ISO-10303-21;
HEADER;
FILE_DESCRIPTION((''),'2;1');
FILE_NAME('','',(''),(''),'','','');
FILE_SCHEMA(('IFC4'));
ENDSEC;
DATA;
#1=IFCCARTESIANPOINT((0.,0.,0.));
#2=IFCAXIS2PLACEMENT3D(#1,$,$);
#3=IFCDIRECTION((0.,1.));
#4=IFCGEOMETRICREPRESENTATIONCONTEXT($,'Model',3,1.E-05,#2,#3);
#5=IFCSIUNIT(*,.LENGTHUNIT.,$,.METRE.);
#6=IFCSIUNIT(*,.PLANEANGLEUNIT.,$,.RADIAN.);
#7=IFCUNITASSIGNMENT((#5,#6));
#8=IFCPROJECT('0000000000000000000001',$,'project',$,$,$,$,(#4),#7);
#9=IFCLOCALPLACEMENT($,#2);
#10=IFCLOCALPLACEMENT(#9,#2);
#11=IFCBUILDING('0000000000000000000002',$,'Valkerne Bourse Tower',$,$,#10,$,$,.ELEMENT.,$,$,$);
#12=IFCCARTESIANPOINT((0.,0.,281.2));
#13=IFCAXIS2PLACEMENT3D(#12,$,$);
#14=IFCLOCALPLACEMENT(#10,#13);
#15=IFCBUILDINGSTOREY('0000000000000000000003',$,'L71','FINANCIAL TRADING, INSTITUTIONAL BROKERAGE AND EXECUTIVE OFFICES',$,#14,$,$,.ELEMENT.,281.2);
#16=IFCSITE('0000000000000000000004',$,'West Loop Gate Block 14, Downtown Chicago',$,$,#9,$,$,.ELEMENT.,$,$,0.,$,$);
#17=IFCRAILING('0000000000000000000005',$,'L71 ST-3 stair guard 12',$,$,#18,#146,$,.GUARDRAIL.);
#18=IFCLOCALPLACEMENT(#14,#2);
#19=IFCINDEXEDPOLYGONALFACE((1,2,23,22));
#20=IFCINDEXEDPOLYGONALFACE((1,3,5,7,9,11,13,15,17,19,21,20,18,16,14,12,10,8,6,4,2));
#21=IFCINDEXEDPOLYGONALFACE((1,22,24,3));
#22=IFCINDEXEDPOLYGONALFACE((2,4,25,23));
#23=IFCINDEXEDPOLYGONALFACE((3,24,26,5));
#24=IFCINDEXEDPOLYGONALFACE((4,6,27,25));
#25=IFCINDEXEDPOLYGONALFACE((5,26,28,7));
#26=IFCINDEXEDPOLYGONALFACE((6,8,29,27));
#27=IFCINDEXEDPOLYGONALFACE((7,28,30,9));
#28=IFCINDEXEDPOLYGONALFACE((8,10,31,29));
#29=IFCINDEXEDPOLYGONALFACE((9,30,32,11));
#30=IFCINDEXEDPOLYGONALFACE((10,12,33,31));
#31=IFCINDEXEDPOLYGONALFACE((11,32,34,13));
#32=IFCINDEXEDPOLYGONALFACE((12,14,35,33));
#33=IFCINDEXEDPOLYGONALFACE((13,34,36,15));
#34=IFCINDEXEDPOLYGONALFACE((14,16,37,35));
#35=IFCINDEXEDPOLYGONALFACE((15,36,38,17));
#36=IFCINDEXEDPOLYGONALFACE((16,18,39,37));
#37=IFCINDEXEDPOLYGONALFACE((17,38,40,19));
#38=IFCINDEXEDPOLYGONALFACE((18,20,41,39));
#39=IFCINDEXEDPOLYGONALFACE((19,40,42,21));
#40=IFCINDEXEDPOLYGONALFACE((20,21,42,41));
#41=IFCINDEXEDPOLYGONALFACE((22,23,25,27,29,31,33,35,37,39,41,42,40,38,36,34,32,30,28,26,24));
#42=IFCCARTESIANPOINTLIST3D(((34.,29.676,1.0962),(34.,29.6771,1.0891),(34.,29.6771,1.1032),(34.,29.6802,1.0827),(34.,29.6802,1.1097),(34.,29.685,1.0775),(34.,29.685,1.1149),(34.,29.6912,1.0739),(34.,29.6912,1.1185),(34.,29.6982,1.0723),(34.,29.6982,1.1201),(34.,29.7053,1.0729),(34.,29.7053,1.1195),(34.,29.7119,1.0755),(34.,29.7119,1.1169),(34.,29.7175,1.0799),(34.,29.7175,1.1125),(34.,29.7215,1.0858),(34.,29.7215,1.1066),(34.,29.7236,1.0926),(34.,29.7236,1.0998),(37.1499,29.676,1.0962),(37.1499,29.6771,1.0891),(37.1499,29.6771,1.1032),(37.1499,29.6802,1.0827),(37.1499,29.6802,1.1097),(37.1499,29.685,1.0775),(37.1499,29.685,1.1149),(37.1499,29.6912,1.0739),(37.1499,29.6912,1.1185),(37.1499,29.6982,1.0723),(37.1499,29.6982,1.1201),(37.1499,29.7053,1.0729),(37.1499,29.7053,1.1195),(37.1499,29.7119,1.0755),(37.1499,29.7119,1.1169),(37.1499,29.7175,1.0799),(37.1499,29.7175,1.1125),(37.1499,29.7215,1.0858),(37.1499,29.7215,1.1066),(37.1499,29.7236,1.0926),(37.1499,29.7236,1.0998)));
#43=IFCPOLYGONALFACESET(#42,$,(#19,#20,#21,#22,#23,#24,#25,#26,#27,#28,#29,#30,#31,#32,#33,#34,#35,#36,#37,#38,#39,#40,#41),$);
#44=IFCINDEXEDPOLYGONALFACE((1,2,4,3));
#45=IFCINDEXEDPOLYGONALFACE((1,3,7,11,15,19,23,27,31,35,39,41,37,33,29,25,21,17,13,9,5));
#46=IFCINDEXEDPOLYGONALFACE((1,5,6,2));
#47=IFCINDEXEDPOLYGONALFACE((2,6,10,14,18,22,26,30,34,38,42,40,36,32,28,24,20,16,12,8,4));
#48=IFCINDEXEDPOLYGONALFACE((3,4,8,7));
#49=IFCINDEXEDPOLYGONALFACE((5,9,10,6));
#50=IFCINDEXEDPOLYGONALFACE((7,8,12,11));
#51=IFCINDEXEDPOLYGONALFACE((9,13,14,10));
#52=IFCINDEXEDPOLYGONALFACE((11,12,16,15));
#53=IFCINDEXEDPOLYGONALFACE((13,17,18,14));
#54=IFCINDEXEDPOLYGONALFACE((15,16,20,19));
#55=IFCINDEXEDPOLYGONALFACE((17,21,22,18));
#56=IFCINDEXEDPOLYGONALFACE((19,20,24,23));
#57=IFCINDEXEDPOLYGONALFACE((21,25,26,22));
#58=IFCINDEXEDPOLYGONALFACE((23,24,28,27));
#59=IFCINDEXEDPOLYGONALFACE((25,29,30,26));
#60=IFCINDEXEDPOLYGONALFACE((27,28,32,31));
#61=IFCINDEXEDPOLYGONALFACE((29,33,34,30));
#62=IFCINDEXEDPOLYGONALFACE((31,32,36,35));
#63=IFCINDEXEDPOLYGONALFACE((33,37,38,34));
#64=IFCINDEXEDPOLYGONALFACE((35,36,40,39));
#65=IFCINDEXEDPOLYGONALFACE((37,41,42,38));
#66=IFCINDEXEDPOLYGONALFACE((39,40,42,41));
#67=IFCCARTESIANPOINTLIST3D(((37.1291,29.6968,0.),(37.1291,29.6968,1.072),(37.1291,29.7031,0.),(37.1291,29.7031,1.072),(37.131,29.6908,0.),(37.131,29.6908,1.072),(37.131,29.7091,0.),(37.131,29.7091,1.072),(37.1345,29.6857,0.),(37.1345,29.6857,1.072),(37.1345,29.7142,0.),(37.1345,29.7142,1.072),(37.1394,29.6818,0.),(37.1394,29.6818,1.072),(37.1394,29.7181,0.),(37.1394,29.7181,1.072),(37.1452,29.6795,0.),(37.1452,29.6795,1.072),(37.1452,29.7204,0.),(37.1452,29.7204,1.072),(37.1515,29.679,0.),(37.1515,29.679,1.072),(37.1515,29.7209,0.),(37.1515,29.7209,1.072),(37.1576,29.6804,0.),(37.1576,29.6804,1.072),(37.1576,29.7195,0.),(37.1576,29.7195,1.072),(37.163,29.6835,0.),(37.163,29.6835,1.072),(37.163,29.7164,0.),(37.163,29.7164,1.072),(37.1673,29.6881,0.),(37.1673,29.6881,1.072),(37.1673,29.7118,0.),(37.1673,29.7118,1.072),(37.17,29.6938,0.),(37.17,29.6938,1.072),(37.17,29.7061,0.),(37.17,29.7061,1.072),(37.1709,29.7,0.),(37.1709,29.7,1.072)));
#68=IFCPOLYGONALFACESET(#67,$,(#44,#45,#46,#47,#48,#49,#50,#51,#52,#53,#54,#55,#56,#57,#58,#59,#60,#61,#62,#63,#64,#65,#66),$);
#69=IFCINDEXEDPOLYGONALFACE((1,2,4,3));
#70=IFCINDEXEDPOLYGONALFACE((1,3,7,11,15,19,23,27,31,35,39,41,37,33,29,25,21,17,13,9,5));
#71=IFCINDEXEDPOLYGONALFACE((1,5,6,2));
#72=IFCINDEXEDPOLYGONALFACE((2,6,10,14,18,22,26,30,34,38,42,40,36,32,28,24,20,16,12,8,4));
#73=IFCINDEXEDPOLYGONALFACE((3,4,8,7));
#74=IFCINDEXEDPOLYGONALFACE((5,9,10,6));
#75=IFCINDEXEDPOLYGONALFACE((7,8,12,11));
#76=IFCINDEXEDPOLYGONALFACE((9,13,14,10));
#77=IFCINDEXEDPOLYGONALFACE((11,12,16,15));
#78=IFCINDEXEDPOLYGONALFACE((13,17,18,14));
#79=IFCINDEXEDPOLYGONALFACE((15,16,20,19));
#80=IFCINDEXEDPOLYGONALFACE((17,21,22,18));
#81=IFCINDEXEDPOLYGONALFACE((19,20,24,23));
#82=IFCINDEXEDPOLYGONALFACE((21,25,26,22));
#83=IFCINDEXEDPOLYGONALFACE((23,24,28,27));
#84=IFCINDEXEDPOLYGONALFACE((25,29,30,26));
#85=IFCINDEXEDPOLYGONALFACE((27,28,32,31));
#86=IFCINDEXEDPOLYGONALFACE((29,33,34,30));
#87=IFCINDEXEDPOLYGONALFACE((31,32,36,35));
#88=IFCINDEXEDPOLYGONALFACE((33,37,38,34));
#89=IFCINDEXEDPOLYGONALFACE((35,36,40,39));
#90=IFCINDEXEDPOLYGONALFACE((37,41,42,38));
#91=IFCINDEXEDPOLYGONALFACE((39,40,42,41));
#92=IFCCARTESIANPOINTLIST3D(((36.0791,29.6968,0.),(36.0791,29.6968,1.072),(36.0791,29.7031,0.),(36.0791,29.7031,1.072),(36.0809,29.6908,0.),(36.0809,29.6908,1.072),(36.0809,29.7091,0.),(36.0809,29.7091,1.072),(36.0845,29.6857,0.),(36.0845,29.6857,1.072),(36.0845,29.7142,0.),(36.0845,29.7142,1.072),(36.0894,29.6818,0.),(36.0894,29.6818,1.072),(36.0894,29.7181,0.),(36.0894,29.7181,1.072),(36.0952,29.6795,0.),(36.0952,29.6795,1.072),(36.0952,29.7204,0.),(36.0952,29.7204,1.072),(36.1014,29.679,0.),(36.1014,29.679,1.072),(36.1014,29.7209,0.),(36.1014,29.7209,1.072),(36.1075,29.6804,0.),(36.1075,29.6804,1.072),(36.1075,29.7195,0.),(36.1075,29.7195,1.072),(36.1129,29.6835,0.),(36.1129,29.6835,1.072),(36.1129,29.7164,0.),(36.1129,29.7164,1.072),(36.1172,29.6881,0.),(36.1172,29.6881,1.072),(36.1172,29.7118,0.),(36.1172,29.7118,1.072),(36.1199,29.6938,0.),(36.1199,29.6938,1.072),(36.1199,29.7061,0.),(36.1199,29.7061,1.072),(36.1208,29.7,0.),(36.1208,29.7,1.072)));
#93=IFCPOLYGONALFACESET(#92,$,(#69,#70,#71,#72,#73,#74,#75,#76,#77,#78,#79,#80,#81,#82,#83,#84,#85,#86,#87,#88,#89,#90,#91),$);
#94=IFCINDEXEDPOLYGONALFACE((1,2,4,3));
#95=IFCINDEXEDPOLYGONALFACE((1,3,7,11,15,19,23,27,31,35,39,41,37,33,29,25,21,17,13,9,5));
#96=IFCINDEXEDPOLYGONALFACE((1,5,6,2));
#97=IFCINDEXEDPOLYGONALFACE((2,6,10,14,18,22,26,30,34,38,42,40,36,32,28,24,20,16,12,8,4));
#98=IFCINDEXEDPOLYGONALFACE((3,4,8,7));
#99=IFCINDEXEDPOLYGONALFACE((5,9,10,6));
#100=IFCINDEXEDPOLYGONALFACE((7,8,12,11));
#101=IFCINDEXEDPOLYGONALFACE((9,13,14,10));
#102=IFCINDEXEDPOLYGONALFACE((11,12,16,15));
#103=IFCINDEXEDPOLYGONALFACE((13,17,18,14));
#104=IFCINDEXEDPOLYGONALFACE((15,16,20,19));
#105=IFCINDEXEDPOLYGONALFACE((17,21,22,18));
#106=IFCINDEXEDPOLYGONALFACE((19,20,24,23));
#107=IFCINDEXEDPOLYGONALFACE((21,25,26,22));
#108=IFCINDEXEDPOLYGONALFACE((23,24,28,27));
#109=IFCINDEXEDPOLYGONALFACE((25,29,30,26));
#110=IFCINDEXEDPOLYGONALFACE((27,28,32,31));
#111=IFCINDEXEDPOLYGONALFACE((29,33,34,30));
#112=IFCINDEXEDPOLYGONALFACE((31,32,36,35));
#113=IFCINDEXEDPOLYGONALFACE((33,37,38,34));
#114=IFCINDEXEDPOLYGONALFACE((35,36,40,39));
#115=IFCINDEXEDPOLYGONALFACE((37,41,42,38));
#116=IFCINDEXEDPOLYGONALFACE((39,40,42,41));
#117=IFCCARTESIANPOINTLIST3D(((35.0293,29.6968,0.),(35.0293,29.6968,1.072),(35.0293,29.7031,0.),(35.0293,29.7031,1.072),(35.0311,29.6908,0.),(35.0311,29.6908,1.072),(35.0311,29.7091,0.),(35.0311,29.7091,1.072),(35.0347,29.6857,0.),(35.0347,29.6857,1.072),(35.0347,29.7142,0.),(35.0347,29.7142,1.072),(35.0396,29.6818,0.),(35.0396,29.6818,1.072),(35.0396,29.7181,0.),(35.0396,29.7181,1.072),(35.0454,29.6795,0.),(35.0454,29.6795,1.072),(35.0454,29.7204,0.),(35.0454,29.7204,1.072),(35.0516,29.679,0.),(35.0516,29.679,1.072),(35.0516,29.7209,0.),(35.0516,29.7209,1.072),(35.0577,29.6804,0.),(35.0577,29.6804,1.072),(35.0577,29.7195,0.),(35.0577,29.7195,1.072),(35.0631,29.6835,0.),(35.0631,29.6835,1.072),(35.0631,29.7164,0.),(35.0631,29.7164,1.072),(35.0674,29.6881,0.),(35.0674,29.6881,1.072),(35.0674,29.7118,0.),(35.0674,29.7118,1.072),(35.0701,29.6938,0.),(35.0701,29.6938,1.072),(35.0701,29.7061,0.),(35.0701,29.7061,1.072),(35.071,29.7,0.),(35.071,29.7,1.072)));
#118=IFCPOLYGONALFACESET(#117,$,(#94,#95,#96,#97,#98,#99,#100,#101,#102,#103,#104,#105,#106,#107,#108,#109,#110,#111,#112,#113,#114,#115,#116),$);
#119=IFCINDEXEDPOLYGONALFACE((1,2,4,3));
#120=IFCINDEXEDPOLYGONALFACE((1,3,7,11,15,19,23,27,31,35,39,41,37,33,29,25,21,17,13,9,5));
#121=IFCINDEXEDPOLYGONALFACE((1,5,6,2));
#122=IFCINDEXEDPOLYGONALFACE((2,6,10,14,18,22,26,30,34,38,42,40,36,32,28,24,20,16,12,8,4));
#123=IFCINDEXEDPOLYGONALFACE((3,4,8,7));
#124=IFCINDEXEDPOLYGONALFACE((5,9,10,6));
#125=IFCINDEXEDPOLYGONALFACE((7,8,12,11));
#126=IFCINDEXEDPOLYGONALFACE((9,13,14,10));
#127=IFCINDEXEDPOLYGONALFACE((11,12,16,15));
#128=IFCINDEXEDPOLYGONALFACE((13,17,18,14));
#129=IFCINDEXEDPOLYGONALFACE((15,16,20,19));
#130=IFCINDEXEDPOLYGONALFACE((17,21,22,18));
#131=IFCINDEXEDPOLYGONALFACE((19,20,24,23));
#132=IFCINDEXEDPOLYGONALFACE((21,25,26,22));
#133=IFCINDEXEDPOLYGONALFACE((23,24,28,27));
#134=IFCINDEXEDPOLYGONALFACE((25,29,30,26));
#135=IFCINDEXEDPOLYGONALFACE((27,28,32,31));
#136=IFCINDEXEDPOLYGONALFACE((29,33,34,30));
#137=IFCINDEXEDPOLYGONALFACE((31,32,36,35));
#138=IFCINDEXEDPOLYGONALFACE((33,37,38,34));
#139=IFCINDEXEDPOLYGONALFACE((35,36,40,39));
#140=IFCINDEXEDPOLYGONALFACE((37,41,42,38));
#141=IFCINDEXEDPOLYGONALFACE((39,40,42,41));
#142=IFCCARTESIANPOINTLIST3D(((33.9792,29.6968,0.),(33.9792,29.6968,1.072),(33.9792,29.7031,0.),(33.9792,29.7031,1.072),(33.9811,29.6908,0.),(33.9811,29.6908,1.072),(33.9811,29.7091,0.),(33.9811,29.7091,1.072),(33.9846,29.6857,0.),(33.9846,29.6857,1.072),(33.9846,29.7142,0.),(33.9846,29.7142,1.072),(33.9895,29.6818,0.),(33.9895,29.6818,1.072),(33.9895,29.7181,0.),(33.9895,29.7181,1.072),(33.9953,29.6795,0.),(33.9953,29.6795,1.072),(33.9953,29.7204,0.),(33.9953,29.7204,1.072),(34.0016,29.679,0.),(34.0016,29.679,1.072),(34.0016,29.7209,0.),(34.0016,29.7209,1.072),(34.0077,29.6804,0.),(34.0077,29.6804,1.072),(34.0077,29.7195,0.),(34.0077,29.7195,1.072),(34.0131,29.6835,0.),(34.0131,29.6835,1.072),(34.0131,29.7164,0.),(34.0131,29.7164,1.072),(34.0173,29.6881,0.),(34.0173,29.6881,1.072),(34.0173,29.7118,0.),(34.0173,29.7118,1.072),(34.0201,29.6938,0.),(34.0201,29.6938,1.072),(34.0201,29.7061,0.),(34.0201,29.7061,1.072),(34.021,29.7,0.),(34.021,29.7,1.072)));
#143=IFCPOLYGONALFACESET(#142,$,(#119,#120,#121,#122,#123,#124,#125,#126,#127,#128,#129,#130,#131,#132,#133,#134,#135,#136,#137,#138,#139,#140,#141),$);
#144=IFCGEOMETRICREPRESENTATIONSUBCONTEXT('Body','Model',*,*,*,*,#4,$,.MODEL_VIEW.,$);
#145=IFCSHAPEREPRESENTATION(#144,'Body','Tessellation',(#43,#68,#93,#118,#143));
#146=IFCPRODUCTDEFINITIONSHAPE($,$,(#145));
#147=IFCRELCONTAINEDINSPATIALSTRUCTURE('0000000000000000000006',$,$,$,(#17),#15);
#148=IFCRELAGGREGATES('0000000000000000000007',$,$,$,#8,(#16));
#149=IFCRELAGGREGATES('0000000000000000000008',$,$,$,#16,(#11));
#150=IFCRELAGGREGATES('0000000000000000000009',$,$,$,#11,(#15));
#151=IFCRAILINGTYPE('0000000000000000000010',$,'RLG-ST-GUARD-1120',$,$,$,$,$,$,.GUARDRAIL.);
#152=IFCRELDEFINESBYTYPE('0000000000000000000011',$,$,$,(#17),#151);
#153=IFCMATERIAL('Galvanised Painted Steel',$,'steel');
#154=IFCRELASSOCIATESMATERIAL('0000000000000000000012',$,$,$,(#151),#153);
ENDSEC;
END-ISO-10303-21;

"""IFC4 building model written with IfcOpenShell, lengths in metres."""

from ifc_helpers import new_model, si_unit, direction, frame, origin, origin_2d, place, context, subcontext, project, spatial, circle, extrude, material, type_object, element, save


model = new_model("IFC4")

# Units and contexts
model_context = context("Model", 3, precision=1e-05, world=origin(), true_north=direction((0.0, 1.0)))
body_context = subcontext(model_context, "Body", "Model", "MODEL_VIEW")
ifc_project = project(units=[si_unit("LENGTHUNIT", "METRE"), si_unit("PLANEANGLEUNIT", "RADIAN")], contexts=[model_context])

# Site, building, storey
site_placement = place(None, origin())
site = spatial("IfcSite", under=ifc_project, at=site_placement, Name="West Loop Gate Block 14, Downtown Chicago", CompositionType="ELEMENT", RefElevation=0.0)
building_placement = place(site_placement, origin())
building = spatial("IfcBuilding", under=site, at=building_placement, Name="Valkerne Bourse Tower", CompositionType="ELEMENT")
storey_placement = place(building_placement, frame((0.0, 0.0, 281.2)))
storey = spatial("IfcBuildingStorey", under=building, at=storey_placement, Name="L71", Description="FINANCIAL TRADING, INSTITUTIONAL BROKERAGE AND EXECUTIVE OFFICES", CompositionType="ELEMENT", Elevation=281.2)

# Railing
ifc_material_1 = material(Name="Galvanised Painted Steel", Category="steel")
railing_type_1 = type_object("IfcRailingType", Name="RLG-ST-GUARD-1120", PredefinedType="GUARDRAIL", material=ifc_material_1)
railing_1_placement = place(storey_placement, frame((37.1499, 29.7, 0.0)))
element("IfcRailing", 1, at=railing_1_placement, inside=storey, type_object=railing_type_1, Name="L71 ST-3 stair guard 12", PredefinedType="GUARDRAIL", context=body_context, shape_type="SweptSolid", body=[
    extrude(circle(Radius=0.0239, at=origin_2d()), frame((0.0, 0.0, 1.0962), z_axis=(-1.0, 0.0, 0.0), x_axis=(0.0, -1.0, 0.0)), (0.0, 0.0, 1.0), 3.1499),
    extrude(circle(Radius=0.021, at=origin_2d()), origin(), (0.0, 0.0, 1.0), 1.072),
    extrude(circle(Radius=0.021, at=origin_2d()), frame((-1.05, 0.0, 0.0)), (0.0, 0.0, 1.0), 1.072),
    extrude(circle(Radius=0.021, at=origin_2d()), frame((-2.0999, 0.0, 0.0)), (0.0, 0.0, 1.0), 1.072),
    extrude(circle(Radius=0.021, at=origin_2d()), frame((-3.1499, 0.0, 0.0)), (0.0, 0.0, 1.0), 1.072),
])

save(model, "model.ifc")
